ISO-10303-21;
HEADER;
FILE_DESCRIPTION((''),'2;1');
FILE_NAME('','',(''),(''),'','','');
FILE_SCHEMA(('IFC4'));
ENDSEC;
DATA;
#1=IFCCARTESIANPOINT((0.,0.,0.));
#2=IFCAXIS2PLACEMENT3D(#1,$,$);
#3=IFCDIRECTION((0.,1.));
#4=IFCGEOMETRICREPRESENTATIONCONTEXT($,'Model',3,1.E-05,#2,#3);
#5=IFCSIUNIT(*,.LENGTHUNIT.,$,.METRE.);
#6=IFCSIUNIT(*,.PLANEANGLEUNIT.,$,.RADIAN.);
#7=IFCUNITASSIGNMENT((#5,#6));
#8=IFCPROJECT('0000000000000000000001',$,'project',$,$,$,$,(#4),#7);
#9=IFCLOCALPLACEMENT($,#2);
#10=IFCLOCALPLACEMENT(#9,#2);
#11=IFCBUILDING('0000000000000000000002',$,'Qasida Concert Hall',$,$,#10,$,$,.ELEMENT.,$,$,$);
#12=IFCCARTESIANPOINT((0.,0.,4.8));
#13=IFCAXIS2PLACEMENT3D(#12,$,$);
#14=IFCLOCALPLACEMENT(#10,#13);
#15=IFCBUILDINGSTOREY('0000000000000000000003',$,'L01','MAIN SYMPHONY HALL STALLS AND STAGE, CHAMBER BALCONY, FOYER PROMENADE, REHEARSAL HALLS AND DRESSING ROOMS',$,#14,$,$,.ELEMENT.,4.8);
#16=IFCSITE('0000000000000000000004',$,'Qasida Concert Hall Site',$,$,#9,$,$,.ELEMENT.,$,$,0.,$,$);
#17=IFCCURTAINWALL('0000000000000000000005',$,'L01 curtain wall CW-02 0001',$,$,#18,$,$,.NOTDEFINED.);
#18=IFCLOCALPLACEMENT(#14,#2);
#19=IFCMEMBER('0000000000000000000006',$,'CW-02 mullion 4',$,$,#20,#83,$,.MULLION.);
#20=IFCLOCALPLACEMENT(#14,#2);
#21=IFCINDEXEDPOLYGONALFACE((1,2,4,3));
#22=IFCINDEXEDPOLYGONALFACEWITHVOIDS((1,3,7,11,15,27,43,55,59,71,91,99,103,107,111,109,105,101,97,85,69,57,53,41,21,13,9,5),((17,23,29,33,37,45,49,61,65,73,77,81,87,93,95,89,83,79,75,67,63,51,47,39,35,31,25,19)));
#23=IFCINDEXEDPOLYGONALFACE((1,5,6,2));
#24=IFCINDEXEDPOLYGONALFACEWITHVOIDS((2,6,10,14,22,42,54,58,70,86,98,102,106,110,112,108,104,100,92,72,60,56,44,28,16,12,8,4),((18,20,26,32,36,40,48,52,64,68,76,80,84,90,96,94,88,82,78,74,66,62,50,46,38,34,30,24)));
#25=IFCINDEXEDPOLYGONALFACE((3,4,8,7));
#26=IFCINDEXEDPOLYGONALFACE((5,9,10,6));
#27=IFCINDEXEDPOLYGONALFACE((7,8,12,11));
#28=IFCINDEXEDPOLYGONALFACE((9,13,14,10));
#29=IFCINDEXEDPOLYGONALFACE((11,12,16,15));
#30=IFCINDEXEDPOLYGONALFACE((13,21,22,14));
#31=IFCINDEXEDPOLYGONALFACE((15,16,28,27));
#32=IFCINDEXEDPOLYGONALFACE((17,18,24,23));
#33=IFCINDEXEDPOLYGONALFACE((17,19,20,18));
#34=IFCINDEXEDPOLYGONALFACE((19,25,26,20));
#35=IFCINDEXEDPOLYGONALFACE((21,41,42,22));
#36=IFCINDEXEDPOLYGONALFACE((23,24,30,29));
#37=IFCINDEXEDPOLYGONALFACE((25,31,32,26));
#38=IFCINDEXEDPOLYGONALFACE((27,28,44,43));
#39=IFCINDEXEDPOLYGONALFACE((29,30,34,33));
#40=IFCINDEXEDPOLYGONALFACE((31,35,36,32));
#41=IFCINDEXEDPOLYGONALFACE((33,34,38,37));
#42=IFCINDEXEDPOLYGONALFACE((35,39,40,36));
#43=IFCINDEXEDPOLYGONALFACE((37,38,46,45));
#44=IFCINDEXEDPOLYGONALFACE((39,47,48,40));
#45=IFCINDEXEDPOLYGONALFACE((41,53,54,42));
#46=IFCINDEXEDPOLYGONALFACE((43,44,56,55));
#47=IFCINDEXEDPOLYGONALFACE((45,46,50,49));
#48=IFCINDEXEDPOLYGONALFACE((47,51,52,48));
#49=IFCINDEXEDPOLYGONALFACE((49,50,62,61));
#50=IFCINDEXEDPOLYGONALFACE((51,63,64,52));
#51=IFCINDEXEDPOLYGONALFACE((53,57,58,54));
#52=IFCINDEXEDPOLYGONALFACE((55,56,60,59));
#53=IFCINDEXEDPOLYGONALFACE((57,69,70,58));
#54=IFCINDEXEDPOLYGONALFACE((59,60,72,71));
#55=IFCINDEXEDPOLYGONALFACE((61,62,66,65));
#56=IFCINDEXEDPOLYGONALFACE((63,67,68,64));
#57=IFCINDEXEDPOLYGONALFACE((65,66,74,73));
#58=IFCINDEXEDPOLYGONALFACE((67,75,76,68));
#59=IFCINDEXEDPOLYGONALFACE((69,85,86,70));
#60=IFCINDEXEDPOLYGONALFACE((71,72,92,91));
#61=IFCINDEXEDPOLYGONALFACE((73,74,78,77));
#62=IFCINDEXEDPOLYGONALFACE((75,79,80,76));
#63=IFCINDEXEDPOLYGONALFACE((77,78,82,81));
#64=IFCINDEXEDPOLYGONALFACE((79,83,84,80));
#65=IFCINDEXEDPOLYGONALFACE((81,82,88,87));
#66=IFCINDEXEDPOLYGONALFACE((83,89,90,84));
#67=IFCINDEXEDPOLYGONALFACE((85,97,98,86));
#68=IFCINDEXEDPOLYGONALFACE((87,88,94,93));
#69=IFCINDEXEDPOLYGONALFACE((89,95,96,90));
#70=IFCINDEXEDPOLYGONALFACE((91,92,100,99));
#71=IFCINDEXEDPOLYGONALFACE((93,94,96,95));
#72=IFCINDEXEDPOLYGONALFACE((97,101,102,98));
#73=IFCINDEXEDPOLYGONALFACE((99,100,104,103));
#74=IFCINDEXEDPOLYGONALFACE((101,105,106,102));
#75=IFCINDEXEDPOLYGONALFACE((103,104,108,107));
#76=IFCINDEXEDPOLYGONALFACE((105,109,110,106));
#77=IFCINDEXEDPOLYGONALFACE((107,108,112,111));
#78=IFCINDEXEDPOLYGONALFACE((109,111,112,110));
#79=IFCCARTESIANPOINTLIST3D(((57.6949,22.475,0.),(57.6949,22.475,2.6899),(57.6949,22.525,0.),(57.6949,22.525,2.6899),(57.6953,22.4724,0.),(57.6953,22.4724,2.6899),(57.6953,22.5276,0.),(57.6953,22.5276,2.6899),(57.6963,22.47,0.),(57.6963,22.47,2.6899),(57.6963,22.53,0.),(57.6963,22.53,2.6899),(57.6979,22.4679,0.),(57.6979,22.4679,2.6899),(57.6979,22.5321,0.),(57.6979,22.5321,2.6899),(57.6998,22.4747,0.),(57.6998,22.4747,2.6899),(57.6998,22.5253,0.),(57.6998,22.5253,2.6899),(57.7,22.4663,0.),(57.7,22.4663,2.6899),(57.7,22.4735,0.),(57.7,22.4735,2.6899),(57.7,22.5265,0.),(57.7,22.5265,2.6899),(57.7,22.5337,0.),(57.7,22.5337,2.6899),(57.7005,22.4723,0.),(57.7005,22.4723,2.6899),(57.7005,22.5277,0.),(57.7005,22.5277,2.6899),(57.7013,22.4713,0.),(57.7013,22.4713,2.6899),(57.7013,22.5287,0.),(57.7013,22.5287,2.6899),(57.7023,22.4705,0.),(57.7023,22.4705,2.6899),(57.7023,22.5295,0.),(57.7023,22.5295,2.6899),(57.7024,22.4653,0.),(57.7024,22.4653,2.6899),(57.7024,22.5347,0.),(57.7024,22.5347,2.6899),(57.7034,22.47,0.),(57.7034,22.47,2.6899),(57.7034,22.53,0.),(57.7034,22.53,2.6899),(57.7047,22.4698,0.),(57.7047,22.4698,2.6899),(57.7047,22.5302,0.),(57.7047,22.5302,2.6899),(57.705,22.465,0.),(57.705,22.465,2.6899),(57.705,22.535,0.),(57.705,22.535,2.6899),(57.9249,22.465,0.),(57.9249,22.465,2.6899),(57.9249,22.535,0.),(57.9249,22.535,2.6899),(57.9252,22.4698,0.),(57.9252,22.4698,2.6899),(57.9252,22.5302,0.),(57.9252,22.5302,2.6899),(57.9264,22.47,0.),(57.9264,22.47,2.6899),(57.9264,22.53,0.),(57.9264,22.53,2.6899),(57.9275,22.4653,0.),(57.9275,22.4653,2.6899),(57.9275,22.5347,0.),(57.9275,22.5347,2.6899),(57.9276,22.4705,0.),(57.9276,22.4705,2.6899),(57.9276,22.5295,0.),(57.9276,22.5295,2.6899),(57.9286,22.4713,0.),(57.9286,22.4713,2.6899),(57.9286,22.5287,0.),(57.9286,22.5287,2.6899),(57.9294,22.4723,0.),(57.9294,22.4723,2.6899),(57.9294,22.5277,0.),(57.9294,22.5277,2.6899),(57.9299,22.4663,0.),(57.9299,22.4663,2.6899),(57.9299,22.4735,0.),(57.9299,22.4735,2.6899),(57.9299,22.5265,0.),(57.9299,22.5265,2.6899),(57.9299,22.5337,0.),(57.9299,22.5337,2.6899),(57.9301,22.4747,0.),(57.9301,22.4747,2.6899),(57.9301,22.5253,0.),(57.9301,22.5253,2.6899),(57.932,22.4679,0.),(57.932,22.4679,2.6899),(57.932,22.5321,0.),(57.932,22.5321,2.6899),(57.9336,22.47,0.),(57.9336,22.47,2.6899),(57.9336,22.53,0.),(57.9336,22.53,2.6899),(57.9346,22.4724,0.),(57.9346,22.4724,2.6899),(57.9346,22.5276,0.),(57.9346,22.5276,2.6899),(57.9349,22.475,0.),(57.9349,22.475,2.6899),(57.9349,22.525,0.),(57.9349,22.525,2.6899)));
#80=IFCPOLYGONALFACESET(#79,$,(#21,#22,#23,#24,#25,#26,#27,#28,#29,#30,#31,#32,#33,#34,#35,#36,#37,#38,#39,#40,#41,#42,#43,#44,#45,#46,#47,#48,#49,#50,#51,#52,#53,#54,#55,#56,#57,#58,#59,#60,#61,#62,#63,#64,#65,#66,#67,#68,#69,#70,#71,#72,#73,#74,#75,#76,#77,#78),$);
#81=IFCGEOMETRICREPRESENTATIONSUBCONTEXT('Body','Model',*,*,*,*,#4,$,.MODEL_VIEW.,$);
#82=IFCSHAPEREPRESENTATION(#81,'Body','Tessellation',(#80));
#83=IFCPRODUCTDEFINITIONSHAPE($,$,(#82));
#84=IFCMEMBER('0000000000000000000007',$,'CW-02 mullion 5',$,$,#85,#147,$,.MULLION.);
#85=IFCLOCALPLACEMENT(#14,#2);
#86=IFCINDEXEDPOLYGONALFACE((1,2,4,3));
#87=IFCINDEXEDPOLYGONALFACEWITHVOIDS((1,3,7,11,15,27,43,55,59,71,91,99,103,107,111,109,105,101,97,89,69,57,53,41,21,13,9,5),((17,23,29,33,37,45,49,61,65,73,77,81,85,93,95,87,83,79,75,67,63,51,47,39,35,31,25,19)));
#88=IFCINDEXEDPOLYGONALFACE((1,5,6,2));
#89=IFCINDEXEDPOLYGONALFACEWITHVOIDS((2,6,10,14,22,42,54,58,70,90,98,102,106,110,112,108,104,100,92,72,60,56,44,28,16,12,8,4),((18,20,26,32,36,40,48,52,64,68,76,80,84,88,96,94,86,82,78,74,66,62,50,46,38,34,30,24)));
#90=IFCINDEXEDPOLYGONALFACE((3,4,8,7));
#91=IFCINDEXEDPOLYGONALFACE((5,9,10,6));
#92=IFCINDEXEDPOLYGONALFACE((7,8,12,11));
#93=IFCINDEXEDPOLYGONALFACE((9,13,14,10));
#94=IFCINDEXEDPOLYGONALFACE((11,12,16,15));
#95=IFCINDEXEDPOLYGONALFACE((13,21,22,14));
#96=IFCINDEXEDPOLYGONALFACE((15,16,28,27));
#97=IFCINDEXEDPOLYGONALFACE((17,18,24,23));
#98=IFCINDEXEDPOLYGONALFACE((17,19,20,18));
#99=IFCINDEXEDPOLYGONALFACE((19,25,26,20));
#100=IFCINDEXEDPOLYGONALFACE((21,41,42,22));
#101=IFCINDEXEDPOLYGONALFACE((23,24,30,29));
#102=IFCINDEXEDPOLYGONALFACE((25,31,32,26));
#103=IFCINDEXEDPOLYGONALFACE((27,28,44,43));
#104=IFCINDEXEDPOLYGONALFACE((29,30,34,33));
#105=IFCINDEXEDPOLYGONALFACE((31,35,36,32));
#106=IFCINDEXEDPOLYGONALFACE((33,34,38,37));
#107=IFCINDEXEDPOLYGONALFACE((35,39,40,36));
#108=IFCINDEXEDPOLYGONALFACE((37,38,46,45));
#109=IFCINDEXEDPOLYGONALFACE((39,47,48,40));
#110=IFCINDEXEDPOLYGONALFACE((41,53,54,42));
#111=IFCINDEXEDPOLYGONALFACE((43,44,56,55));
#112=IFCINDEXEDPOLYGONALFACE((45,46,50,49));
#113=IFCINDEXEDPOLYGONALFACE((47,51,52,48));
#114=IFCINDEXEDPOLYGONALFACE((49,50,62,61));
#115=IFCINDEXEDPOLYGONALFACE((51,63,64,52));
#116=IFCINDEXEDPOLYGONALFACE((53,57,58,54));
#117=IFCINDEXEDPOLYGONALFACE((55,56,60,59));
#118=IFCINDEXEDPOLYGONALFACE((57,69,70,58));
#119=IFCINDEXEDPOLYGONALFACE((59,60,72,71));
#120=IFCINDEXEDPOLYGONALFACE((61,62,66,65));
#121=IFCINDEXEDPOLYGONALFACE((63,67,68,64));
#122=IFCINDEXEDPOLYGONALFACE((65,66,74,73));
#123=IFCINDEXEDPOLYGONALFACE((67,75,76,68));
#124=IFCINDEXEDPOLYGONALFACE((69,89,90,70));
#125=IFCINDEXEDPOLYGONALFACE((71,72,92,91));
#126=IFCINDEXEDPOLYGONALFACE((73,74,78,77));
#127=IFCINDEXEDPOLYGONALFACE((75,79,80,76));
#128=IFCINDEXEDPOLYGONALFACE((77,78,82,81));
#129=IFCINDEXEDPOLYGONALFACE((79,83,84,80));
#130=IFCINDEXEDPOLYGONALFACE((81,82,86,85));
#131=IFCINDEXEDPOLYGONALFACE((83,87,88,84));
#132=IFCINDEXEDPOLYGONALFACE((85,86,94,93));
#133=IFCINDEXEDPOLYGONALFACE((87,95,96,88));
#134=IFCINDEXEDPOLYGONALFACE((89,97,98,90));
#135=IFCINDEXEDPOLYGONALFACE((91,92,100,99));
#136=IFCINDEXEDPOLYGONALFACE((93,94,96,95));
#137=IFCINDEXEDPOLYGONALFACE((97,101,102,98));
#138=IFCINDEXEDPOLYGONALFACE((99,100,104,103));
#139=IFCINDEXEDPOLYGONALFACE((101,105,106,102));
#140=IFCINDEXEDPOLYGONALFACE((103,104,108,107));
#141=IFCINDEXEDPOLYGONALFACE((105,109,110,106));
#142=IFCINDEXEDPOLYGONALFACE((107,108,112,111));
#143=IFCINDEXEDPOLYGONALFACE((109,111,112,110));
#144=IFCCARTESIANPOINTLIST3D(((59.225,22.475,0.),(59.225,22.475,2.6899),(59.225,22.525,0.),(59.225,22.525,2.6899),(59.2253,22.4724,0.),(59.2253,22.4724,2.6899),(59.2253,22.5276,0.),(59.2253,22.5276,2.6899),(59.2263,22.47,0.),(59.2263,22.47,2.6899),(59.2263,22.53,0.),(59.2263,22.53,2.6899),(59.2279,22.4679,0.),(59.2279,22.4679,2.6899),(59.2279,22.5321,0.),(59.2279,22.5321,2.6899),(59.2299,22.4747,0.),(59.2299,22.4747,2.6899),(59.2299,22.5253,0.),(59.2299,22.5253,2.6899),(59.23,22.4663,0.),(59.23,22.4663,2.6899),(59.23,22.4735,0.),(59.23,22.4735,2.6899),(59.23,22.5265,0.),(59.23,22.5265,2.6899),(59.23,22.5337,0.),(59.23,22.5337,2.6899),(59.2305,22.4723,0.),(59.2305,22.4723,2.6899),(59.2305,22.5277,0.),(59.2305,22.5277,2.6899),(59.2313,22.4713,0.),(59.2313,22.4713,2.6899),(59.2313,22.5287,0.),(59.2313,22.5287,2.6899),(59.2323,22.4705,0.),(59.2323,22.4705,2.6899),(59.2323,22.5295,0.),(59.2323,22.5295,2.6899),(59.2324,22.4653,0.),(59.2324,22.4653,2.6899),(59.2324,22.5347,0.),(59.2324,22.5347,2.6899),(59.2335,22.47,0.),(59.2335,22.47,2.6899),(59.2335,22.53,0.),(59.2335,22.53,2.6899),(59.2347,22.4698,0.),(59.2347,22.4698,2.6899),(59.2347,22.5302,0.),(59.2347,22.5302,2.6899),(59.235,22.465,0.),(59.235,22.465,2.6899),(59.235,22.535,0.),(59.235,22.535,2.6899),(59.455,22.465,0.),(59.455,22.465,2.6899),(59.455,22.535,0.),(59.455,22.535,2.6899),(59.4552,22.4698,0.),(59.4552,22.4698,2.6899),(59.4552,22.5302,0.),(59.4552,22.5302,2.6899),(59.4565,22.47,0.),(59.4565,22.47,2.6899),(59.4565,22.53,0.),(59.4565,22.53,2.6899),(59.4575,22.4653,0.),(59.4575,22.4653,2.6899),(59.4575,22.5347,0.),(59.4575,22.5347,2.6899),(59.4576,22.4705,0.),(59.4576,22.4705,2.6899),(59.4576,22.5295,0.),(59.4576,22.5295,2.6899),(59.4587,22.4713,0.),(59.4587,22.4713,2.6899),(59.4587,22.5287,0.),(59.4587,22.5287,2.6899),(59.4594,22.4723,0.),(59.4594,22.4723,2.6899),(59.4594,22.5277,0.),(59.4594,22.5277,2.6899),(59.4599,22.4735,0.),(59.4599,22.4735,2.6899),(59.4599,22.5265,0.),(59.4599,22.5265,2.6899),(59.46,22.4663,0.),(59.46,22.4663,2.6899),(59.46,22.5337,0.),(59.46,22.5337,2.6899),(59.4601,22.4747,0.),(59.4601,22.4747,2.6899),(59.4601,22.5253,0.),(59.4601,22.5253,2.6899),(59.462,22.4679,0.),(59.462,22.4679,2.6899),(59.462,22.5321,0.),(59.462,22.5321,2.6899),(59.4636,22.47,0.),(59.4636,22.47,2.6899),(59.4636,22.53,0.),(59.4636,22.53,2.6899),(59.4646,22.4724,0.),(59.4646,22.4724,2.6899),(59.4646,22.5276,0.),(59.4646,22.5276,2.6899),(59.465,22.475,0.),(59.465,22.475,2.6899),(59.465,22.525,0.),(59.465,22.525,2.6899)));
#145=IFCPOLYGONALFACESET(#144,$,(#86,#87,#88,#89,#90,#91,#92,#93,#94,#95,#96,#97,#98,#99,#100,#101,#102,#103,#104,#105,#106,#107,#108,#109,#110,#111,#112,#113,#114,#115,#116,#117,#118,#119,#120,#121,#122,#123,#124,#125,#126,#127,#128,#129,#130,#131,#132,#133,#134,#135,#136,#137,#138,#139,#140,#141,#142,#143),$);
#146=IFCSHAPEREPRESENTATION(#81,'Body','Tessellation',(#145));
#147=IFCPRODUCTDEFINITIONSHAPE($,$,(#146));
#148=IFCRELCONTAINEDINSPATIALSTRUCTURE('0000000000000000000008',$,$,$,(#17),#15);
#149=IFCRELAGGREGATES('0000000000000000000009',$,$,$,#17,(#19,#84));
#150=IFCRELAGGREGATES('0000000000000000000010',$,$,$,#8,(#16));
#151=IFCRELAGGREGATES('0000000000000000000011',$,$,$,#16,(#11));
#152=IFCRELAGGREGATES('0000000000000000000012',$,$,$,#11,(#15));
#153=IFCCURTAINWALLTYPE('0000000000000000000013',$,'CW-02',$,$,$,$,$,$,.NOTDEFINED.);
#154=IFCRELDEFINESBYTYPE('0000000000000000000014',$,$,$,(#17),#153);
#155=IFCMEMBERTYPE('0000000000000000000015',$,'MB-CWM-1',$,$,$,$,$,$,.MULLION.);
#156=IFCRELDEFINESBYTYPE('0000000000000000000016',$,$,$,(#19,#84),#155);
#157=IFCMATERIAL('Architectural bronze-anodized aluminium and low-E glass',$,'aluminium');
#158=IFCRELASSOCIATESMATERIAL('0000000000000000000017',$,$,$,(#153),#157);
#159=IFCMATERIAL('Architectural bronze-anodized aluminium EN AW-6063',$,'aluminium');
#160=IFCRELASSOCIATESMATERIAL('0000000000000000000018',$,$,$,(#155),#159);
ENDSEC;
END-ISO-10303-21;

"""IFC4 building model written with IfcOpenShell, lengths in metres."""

from ifc_helpers import new_model, si_unit, direction, frame, origin, origin_2d, place, context, subcontext, project, spatial, hollow_rectangle, extrude, material, material_profile, profile_set, type_object, element, aggregate, save


model = new_model("IFC4")

# Units and contexts
model_context = context("Model", 3, precision=1e-05, world=origin(), true_north=direction((0.0, 1.0)))
body_context = subcontext(model_context, "Body", "Model", "MODEL_VIEW")
ifc_project = project(units=[si_unit("LENGTHUNIT", "METRE"), si_unit("PLANEANGLEUNIT", "RADIAN")], contexts=[model_context])

# Site, building, storey
site_placement = place(None, origin())
site = spatial("IfcSite", under=ifc_project, at=site_placement, Name="Qasida Concert Hall Site", CompositionType="ELEMENT", RefElevation=0.0)
building_placement = place(site_placement, origin())
building = spatial("IfcBuilding", under=site, at=building_placement, Name="Qasida Concert Hall", CompositionType="ELEMENT")
storey_placement = place(building_placement, frame((0.0, 0.0, 4.8)))
storey = spatial("IfcBuildingStorey", under=building, at=storey_placement, Name="L01", Description="MAIN SYMPHONY HALL STALLS AND STAGE, CHAMBER BALCONY, FOYER PROMENADE, REHEARSAL HALLS AND DRESSING ROOMS", CompositionType="ELEMENT", Elevation=4.8)

# Curtain wall, members
ifc_material_1 = material(Name="Architectural bronze-anodized aluminium and low-E glass", Category="aluminium")
curtain_wall_type = type_object("IfcCurtainWallType", Name="CW-02", PredefinedType="NOTDEFINED", material=ifc_material_1)
curtain_wall_1_placement = place(storey_placement, origin())
curtain_wall_1 = element("IfcCurtainWall", 1, at=curtain_wall_1_placement, inside=storey, type_object=curtain_wall_type, Name="L01 curtain wall CW-02 0001", PredefinedType="NOTDEFINED")
ifc_material_2 = material(Name="Architectural bronze-anodized aluminium EN AW-6063", Category="aluminium")
ifc_material_profile_1 = material_profile(ifc_material_2, hollow_rectangle(XDim=0.0701, YDim=0.24, WallThickness=0.0049, InnerFilletRadius=0.0049, OuterFilletRadius=0.01, at=origin_2d()), Name="CWM 240x70x5")
ifc_profile_set_1 = profile_set([ifc_material_profile_1], Name="Architectural bronze-anodized aluminium EN AW-6063")
member_type_1 = type_object("IfcMemberType", Name="MB-CWM-1", PredefinedType="MULLION", material=ifc_profile_set_1)
member_1_placement = place(storey_placement, frame((57.8149, 22.5, 0.0), z_axis=(0.0, 0.0, 1.0), x_axis=(0.0, 1.0, 0.0)))
member_1 = element("IfcMember", 2, at=member_1_placement, type_object=member_type_1, Name="CW-02 mullion 4", PredefinedType="MULLION", context=body_context, shape_type="SweptSolid", body=[
    extrude(hollow_rectangle(XDim=0.0701, YDim=0.24, WallThickness=0.0049, InnerFilletRadius=0.0049, OuterFilletRadius=0.01, at=origin_2d()), origin(), (0.0, 0.0, 1.0), 2.6899),
])
member_2_placement = place(storey_placement, frame((59.345, 22.5, 0.0), z_axis=(0.0, 0.0, 1.0), x_axis=(0.0, 1.0, 0.0)))
member_2 = element("IfcMember", 3, at=member_2_placement, type_object=member_type_1, Name="CW-02 mullion 5", PredefinedType="MULLION", context=body_context, shape_type="SweptSolid", body=[
    extrude(hollow_rectangle(XDim=0.0701, YDim=0.24, WallThickness=0.0049, InnerFilletRadius=0.0049, OuterFilletRadius=0.01, at=origin_2d()), origin(), (0.0, 0.0, 1.0), 2.6899),
])

aggregate(curtain_wall_1, [member_1, member_2])

save(model, "model.ifc")
